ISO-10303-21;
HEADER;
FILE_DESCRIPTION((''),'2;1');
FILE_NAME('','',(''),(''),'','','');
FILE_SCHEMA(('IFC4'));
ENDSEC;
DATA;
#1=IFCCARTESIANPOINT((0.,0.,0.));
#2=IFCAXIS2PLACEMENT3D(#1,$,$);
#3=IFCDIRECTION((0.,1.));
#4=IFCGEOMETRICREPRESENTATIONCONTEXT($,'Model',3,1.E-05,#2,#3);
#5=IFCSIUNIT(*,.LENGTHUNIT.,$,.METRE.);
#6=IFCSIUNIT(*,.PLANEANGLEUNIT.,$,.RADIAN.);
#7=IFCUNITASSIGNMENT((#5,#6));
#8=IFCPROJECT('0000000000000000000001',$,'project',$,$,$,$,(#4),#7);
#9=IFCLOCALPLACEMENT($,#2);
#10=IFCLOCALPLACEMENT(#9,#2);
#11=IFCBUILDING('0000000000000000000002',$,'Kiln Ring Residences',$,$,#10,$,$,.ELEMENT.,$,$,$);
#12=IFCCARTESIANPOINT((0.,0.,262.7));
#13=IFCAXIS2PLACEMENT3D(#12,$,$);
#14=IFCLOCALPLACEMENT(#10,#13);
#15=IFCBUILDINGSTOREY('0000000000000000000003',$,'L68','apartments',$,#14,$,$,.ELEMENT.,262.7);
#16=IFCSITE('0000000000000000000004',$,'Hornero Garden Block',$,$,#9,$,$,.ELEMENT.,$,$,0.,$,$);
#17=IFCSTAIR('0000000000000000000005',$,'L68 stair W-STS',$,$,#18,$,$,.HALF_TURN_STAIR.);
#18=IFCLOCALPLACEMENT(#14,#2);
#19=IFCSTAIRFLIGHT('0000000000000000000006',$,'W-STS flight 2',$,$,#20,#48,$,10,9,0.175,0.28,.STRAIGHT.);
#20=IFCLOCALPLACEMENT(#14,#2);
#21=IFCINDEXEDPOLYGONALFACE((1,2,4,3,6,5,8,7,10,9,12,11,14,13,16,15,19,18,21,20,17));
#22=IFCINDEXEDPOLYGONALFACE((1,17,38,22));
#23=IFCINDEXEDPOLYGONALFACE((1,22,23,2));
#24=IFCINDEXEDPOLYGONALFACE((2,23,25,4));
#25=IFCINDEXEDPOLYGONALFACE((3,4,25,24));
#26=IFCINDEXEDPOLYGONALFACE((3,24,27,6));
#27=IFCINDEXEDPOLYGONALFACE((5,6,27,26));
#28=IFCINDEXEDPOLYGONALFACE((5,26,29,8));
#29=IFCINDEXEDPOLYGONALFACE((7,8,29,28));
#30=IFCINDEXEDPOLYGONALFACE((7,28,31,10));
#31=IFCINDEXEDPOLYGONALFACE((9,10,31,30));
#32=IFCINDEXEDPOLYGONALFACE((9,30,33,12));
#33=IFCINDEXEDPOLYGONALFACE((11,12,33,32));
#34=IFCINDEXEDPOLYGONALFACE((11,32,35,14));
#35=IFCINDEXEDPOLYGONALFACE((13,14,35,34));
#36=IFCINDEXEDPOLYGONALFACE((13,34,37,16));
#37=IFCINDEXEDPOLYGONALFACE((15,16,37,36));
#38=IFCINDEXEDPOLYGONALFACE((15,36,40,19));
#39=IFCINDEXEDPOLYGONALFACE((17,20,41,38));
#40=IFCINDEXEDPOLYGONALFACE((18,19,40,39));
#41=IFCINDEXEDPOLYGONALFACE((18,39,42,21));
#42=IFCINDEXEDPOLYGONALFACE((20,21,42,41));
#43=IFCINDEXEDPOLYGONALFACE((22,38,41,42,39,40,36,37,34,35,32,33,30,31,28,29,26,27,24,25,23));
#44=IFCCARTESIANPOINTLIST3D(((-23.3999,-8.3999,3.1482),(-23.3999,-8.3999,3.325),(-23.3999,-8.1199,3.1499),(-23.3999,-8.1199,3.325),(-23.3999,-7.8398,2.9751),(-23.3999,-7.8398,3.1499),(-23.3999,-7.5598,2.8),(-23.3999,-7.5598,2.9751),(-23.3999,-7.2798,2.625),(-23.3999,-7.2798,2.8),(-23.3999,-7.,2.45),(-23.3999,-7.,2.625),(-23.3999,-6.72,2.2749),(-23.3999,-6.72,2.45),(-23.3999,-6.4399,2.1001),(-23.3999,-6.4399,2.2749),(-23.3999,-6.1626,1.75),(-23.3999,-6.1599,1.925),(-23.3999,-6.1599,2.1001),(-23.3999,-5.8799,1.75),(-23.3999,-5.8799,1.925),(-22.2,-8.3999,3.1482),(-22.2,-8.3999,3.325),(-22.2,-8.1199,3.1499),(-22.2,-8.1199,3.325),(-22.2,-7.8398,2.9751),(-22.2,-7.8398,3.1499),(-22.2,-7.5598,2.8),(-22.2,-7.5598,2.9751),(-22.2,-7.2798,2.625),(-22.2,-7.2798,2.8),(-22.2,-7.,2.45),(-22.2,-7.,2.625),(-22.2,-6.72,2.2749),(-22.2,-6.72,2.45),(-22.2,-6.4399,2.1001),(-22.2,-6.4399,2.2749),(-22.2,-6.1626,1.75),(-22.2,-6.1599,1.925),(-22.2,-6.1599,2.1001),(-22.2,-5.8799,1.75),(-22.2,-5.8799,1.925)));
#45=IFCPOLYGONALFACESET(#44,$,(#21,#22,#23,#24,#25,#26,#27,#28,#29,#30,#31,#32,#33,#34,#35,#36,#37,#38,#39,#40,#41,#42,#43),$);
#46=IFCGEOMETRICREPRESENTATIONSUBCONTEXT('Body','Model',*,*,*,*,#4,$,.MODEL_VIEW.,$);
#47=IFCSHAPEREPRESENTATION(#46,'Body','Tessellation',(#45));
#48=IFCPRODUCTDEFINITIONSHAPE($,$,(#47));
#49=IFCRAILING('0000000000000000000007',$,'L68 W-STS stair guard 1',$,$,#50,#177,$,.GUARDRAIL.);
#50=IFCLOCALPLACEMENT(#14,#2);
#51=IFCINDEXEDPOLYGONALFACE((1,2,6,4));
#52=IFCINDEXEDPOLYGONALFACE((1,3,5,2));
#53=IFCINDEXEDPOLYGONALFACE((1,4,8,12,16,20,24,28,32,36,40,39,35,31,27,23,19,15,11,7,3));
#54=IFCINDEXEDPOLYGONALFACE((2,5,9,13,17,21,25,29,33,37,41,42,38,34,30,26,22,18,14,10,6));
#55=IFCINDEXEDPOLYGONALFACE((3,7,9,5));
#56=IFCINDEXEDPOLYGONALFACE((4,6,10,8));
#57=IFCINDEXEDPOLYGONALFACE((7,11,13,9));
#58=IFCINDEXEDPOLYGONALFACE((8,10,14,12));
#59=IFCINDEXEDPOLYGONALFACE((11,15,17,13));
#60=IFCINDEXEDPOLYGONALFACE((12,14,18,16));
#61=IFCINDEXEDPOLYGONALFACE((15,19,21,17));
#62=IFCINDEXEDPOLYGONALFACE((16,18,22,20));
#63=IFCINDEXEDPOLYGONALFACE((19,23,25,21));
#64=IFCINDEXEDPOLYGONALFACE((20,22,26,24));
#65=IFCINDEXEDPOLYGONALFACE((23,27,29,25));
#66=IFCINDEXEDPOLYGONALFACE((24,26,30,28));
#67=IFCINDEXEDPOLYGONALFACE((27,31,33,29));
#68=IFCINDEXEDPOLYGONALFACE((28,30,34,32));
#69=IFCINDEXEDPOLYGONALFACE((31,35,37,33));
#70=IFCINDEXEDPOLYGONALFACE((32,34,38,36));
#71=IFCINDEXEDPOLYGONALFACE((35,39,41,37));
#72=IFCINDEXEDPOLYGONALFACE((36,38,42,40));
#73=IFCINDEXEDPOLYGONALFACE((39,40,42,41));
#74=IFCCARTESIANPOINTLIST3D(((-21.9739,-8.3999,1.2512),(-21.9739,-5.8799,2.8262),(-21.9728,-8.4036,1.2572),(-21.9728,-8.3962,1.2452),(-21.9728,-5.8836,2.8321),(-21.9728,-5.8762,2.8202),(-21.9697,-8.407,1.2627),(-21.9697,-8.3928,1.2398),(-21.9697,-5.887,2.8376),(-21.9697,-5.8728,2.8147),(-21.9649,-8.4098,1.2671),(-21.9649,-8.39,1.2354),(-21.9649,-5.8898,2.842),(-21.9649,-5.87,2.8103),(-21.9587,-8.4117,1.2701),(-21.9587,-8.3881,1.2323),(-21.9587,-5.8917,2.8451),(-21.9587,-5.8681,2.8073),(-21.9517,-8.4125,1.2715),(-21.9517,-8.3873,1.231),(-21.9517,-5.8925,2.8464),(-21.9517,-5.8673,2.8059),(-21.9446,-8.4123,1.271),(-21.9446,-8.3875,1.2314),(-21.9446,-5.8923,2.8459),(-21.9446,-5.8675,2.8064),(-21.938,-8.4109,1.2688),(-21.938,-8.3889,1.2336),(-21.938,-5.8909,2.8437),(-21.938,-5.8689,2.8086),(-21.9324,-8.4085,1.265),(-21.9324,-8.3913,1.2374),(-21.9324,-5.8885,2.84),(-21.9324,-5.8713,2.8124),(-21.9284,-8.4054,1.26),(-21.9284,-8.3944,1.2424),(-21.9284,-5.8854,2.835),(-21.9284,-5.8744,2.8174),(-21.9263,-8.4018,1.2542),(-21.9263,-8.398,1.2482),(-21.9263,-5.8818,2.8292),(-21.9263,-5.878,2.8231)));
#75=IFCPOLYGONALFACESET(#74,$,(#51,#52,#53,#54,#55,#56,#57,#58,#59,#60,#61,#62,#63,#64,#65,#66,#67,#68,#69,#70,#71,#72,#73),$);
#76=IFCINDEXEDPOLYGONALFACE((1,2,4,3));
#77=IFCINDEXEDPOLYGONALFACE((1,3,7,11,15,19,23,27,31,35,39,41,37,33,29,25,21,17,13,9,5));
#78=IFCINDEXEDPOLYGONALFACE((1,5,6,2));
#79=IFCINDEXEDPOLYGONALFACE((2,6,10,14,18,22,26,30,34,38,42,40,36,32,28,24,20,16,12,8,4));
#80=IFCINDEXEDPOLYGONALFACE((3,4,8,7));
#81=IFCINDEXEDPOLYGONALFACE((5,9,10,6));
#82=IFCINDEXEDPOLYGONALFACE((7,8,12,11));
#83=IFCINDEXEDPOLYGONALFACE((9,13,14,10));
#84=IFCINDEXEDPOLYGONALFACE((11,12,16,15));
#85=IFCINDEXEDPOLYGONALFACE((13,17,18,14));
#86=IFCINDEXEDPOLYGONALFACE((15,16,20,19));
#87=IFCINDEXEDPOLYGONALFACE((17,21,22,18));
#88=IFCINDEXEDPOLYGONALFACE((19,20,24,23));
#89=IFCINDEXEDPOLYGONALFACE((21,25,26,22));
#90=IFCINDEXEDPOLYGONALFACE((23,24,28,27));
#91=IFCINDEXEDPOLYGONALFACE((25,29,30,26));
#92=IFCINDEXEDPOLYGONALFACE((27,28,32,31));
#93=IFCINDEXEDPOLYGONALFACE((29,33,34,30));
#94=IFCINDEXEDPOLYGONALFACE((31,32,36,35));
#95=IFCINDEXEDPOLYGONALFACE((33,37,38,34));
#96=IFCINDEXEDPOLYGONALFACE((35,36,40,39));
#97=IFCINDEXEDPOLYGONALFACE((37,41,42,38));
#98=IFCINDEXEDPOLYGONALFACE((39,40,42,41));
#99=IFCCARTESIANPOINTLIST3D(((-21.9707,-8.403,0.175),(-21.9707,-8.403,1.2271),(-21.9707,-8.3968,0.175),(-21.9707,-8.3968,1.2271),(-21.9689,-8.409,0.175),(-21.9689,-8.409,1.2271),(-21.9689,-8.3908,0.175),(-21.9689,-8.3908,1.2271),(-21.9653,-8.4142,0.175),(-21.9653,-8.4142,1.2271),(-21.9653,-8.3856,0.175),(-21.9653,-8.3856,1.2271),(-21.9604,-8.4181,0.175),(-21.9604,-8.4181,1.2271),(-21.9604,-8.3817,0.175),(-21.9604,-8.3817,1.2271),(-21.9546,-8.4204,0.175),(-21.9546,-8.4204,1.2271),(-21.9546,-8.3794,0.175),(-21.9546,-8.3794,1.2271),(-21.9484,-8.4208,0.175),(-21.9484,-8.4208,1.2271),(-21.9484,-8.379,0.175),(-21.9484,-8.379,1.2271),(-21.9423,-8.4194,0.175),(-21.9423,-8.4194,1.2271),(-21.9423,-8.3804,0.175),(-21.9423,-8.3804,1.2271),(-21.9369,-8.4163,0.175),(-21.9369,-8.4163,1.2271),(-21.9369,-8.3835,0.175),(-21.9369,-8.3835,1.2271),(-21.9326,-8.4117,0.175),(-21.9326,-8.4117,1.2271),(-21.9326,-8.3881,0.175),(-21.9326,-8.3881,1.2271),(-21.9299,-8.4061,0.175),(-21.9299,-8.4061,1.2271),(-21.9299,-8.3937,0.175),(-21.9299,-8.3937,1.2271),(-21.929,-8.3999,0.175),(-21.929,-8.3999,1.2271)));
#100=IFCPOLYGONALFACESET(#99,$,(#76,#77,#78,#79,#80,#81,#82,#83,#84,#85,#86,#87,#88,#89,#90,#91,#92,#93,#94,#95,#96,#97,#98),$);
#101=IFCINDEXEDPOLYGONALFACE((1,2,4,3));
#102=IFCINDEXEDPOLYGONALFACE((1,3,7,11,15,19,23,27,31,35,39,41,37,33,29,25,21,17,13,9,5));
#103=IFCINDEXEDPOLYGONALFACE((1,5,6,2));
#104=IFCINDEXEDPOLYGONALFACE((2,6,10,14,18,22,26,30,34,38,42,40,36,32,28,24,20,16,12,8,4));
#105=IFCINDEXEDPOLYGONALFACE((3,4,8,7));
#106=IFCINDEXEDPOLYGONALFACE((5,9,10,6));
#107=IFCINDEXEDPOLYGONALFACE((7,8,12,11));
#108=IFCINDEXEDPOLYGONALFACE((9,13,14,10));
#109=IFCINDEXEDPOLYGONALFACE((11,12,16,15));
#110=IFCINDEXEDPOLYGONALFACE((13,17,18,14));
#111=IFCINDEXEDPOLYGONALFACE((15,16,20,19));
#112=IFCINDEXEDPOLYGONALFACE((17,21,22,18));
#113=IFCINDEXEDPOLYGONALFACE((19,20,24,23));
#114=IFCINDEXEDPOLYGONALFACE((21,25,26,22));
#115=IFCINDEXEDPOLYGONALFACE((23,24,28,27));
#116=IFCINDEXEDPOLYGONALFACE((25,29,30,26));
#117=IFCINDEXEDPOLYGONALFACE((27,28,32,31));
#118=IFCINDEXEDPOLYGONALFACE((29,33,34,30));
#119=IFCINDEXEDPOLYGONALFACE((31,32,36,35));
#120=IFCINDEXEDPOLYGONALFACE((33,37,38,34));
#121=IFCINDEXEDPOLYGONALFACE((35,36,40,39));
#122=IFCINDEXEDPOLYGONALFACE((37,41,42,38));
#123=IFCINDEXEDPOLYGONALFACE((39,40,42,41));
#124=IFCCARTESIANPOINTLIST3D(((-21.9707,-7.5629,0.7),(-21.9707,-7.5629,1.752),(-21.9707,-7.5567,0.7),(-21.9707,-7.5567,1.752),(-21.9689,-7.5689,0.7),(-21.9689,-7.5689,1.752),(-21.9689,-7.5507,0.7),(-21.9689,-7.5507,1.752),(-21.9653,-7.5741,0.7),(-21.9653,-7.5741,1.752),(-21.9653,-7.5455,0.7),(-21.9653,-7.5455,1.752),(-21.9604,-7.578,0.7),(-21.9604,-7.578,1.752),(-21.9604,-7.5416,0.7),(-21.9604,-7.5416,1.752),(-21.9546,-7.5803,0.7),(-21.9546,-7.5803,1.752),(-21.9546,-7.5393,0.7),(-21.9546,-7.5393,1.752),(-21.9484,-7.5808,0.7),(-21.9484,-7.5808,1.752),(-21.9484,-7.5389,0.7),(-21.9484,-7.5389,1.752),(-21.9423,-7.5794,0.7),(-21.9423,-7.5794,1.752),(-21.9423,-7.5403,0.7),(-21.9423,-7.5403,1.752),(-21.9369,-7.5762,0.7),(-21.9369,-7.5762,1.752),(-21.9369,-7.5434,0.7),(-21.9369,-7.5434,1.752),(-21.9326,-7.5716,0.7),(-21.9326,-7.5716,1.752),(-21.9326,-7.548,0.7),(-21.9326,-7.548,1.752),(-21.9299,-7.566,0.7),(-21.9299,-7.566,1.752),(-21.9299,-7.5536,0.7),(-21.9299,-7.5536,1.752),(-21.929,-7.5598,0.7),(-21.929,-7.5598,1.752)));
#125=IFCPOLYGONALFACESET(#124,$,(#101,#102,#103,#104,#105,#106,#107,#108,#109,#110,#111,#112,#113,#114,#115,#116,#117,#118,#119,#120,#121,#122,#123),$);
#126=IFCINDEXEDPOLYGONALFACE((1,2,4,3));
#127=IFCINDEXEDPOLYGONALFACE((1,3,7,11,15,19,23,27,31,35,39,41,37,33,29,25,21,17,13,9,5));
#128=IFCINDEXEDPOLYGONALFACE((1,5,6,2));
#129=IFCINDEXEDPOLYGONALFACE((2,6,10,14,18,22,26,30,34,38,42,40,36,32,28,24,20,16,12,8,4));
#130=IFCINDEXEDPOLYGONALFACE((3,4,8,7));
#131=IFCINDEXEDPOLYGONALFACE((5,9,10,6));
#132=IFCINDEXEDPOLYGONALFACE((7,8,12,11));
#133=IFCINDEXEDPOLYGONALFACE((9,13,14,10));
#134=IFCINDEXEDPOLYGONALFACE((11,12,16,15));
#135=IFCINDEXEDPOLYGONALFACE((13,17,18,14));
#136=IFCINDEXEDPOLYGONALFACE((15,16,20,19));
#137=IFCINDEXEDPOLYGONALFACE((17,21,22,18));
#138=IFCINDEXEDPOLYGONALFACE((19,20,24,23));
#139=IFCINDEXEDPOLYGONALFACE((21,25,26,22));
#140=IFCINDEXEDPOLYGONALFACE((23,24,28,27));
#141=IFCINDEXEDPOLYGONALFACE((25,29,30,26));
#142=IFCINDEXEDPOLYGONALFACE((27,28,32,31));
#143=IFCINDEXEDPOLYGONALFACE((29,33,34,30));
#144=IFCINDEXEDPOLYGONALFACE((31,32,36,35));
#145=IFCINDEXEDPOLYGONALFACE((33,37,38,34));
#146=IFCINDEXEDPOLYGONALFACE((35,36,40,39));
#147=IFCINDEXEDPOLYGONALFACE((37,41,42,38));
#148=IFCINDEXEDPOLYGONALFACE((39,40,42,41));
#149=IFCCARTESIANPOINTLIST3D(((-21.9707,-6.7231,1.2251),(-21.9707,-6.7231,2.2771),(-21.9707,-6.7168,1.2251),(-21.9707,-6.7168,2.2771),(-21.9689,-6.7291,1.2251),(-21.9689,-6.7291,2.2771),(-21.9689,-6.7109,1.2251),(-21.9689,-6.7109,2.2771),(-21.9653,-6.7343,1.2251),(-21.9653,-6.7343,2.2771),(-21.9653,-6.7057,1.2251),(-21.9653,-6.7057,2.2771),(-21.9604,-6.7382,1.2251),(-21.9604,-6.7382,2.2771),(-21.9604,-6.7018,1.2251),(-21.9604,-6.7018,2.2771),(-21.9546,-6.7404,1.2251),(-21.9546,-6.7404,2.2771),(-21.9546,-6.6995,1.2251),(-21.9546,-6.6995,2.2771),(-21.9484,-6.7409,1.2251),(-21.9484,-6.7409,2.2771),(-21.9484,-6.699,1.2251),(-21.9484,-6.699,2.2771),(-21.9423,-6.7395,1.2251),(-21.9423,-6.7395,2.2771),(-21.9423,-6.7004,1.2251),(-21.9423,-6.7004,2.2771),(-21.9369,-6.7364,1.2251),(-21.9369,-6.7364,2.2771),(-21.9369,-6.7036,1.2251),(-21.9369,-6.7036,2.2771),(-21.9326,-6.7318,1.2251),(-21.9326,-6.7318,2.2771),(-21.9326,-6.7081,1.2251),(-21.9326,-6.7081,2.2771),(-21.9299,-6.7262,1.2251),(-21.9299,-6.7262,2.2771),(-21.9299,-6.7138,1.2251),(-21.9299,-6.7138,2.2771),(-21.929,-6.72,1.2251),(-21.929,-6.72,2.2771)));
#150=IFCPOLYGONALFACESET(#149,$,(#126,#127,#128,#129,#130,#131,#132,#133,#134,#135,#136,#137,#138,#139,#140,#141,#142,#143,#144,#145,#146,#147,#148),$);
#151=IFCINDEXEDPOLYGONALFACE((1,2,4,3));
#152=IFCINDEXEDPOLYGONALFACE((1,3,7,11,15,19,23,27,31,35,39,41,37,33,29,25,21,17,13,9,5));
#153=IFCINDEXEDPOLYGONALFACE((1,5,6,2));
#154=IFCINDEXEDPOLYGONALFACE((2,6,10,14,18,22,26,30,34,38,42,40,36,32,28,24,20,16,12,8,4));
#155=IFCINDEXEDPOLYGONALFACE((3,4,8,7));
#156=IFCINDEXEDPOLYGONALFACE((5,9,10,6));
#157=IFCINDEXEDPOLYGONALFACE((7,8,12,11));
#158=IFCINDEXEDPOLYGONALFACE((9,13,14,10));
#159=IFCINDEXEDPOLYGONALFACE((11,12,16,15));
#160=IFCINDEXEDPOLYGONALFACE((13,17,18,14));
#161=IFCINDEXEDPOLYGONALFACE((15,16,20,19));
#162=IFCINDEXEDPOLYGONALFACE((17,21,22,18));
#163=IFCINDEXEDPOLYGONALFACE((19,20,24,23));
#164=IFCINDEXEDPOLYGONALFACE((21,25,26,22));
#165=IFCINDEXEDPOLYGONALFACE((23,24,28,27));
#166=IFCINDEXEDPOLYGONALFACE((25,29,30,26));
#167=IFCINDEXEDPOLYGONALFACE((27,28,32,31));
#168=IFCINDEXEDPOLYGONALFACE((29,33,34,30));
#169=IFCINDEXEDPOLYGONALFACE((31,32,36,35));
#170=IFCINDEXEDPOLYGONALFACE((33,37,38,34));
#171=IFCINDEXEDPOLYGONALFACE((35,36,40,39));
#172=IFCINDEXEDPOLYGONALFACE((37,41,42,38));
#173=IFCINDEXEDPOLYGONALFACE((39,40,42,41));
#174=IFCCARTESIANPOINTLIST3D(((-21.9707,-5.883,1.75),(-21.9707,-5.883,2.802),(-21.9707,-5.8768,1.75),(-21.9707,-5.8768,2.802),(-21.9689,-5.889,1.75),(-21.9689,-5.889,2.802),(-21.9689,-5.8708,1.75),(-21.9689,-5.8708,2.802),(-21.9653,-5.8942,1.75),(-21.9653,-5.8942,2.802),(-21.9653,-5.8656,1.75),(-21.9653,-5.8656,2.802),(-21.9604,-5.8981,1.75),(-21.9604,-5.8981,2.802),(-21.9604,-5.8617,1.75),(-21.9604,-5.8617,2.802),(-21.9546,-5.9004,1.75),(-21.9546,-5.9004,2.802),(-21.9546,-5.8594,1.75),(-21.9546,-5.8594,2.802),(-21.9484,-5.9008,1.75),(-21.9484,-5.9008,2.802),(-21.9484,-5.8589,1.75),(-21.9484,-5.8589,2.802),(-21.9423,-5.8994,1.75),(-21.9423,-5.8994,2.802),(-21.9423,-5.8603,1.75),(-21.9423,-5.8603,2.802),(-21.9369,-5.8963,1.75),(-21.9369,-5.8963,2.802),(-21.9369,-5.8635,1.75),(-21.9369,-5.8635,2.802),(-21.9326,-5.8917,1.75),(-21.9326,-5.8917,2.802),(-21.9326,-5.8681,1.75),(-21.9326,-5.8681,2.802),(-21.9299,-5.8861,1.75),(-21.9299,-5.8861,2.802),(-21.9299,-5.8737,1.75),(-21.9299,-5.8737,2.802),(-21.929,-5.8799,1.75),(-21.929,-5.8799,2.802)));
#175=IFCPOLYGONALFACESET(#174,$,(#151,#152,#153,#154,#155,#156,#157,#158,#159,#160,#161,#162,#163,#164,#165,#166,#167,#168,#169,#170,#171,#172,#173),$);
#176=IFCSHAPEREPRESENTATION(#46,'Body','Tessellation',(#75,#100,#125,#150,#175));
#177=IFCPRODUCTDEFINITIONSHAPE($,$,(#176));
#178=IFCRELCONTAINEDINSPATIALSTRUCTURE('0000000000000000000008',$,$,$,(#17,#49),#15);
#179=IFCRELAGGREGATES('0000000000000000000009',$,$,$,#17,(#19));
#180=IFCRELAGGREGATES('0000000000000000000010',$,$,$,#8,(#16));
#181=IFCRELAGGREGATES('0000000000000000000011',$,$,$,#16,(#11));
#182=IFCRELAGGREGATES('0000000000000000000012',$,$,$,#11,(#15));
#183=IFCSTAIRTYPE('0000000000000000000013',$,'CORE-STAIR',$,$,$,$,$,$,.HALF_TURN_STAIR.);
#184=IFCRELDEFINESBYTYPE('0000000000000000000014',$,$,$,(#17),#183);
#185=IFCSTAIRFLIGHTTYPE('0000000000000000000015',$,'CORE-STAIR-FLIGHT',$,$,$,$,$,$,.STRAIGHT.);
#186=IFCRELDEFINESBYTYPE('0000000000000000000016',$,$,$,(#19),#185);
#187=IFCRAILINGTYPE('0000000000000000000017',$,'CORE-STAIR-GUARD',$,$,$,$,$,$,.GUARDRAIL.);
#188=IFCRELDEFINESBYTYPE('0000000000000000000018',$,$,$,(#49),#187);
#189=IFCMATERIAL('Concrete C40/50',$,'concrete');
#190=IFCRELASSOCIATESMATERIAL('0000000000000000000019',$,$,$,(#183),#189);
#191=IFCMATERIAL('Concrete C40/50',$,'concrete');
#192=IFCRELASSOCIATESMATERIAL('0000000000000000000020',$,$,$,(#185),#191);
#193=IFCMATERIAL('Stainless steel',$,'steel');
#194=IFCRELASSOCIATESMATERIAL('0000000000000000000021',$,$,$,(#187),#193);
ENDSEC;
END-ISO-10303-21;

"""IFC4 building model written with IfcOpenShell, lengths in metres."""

from ifc_helpers import new_model, si_unit, direction, frame, origin, origin_2d, place, context, subcontext, project, spatial, polyline, circle, outline, extrude, material, type_object, element, aggregate, save


model = new_model("IFC4")

# Units and contexts
model_context = context("Model", 3, precision=1e-05, world=origin(), true_north=direction((0.0, 1.0)))
body_context = subcontext(model_context, "Body", "Model", "MODEL_VIEW")
ifc_project = project(units=[si_unit("LENGTHUNIT", "METRE"), si_unit("PLANEANGLEUNIT", "RADIAN")], contexts=[model_context])

# Site, building, storey
site_placement = place(None, origin())
site = spatial("IfcSite", under=ifc_project, at=site_placement, Name="Hornero Garden Block", CompositionType="ELEMENT", RefElevation=0.0)
building_placement = place(site_placement, origin())
building = spatial("IfcBuilding", under=site, at=building_placement, Name="Kiln Ring Residences", CompositionType="ELEMENT")
storey_placement = place(building_placement, frame((0.0, 0.0, 262.7)))
storey = spatial("IfcBuildingStorey", under=building, at=storey_placement, Name="L68", Description="apartments", CompositionType="ELEMENT", Elevation=262.7)

# Stair, stair flight
ifc_material_1 = material(Name="Concrete C40/50", Category="concrete")
stair_type = type_object("IfcStairType", Name="CORE-STAIR", PredefinedType="HALF_TURN_STAIR", material=ifc_material_1)
stair_placement = place(storey_placement, origin())
stair = element("IfcStair", 1, at=stair_placement, inside=storey, type_object=stair_type, Name="L68 stair W-STS", PredefinedType="HALF_TURN_STAIR")
ifc_material_2 = material(Name="Concrete C40/50", Category="concrete")
stair_flight_type = type_object("IfcStairFlightType", Name="CORE-STAIR-FLIGHT", PredefinedType="STRAIGHT", material=ifc_material_2)
stair_flight_1_placement = place(storey_placement, frame((-22.8, -5.8799, 1.75), z_axis=(0.0, 0.0, 1.0), x_axis=(0.0, -1.0, 0.0)))
stair_flight_1 = element("IfcStairFlight", 2, at=stair_flight_1_placement, type_object=stair_flight_type, Name="W-STS flight 2", NumberOfRisers=10, NumberOfTreads=9, PredefinedType="STRAIGHT", RiserHeight=0.175, TreadLength=0.28, context=body_context, shape_type="SweptSolid", body=[
    extrude(outline(polyline([(0.0, 0.0), (0.0, 0.175), (0.28, 0.175), (0.28, 0.3501), (0.5601, 0.3501), (0.5601, 0.5249), (0.8401, 0.5249), (0.8401, 0.7), (1.1201, 0.7), (1.1201, 0.875), (1.3999, 0.875), (1.3999, 1.05), (1.6799, 1.05), (1.6799, 1.2251), (1.96, 1.2251), (1.96, 1.3999), (2.24, 1.3999), (2.24, 1.575), (2.52, 1.575), (2.52, 1.75), (2.52, 1.3982), (0.2827, 0.0), (0.0, 0.0)])), frame((0.0, 0.6001, 0.0), z_axis=(0.0, -1.0, 0.0), x_axis=(1.0, 0.0, 0.0)), (0.0, 0.0, 1.0), 1.2),
])
aggregate(stair, [stair_flight_1])

# Railing
ifc_material_3 = material(Name="Stainless steel", Category="steel")
railing_type_1 = type_object("IfcRailingType", Name="CORE-STAIR-GUARD", PredefinedType="GUARDRAIL", material=ifc_material_3)
railing_1_placement = place(storey_placement, frame((-21.95, -8.3999, 0.175)))
element("IfcRailing", 3, at=railing_1_placement, inside=storey, type_object=railing_type_1, Name="L68 W-STS stair guard 1", PredefinedType="GUARDRAIL", context=body_context, shape_type="SweptSolid", body=[
    extrude(circle(Radius=0.0239, at=origin_2d()), frame((0.0, 0.0, 1.0762), z_axis=(0.0, 0.848008, 0.529984), x_axis=(-1.0, 0.0, 0.0)), (0.0, 0.0, 1.0), 2.9717),
    extrude(circle(Radius=0.021, at=origin_2d()), origin(), (0.0, 0.0, 1.0), 1.052),
    extrude(circle(Radius=0.021, at=origin_2d()), frame((0.0, 0.8401, 0.5249)), (0.0, 0.0, 1.0), 1.052),
    extrude(circle(Radius=0.021, at=origin_2d()), frame((0.0, 1.6799, 1.05)), (0.0, 0.0, 1.0), 1.052),
    extrude(circle(Radius=0.021, at=origin_2d()), frame((0.0, 2.52, 1.575)), (0.0, 0.0, 1.0), 1.052),
])

save(model, "model.ifc")
